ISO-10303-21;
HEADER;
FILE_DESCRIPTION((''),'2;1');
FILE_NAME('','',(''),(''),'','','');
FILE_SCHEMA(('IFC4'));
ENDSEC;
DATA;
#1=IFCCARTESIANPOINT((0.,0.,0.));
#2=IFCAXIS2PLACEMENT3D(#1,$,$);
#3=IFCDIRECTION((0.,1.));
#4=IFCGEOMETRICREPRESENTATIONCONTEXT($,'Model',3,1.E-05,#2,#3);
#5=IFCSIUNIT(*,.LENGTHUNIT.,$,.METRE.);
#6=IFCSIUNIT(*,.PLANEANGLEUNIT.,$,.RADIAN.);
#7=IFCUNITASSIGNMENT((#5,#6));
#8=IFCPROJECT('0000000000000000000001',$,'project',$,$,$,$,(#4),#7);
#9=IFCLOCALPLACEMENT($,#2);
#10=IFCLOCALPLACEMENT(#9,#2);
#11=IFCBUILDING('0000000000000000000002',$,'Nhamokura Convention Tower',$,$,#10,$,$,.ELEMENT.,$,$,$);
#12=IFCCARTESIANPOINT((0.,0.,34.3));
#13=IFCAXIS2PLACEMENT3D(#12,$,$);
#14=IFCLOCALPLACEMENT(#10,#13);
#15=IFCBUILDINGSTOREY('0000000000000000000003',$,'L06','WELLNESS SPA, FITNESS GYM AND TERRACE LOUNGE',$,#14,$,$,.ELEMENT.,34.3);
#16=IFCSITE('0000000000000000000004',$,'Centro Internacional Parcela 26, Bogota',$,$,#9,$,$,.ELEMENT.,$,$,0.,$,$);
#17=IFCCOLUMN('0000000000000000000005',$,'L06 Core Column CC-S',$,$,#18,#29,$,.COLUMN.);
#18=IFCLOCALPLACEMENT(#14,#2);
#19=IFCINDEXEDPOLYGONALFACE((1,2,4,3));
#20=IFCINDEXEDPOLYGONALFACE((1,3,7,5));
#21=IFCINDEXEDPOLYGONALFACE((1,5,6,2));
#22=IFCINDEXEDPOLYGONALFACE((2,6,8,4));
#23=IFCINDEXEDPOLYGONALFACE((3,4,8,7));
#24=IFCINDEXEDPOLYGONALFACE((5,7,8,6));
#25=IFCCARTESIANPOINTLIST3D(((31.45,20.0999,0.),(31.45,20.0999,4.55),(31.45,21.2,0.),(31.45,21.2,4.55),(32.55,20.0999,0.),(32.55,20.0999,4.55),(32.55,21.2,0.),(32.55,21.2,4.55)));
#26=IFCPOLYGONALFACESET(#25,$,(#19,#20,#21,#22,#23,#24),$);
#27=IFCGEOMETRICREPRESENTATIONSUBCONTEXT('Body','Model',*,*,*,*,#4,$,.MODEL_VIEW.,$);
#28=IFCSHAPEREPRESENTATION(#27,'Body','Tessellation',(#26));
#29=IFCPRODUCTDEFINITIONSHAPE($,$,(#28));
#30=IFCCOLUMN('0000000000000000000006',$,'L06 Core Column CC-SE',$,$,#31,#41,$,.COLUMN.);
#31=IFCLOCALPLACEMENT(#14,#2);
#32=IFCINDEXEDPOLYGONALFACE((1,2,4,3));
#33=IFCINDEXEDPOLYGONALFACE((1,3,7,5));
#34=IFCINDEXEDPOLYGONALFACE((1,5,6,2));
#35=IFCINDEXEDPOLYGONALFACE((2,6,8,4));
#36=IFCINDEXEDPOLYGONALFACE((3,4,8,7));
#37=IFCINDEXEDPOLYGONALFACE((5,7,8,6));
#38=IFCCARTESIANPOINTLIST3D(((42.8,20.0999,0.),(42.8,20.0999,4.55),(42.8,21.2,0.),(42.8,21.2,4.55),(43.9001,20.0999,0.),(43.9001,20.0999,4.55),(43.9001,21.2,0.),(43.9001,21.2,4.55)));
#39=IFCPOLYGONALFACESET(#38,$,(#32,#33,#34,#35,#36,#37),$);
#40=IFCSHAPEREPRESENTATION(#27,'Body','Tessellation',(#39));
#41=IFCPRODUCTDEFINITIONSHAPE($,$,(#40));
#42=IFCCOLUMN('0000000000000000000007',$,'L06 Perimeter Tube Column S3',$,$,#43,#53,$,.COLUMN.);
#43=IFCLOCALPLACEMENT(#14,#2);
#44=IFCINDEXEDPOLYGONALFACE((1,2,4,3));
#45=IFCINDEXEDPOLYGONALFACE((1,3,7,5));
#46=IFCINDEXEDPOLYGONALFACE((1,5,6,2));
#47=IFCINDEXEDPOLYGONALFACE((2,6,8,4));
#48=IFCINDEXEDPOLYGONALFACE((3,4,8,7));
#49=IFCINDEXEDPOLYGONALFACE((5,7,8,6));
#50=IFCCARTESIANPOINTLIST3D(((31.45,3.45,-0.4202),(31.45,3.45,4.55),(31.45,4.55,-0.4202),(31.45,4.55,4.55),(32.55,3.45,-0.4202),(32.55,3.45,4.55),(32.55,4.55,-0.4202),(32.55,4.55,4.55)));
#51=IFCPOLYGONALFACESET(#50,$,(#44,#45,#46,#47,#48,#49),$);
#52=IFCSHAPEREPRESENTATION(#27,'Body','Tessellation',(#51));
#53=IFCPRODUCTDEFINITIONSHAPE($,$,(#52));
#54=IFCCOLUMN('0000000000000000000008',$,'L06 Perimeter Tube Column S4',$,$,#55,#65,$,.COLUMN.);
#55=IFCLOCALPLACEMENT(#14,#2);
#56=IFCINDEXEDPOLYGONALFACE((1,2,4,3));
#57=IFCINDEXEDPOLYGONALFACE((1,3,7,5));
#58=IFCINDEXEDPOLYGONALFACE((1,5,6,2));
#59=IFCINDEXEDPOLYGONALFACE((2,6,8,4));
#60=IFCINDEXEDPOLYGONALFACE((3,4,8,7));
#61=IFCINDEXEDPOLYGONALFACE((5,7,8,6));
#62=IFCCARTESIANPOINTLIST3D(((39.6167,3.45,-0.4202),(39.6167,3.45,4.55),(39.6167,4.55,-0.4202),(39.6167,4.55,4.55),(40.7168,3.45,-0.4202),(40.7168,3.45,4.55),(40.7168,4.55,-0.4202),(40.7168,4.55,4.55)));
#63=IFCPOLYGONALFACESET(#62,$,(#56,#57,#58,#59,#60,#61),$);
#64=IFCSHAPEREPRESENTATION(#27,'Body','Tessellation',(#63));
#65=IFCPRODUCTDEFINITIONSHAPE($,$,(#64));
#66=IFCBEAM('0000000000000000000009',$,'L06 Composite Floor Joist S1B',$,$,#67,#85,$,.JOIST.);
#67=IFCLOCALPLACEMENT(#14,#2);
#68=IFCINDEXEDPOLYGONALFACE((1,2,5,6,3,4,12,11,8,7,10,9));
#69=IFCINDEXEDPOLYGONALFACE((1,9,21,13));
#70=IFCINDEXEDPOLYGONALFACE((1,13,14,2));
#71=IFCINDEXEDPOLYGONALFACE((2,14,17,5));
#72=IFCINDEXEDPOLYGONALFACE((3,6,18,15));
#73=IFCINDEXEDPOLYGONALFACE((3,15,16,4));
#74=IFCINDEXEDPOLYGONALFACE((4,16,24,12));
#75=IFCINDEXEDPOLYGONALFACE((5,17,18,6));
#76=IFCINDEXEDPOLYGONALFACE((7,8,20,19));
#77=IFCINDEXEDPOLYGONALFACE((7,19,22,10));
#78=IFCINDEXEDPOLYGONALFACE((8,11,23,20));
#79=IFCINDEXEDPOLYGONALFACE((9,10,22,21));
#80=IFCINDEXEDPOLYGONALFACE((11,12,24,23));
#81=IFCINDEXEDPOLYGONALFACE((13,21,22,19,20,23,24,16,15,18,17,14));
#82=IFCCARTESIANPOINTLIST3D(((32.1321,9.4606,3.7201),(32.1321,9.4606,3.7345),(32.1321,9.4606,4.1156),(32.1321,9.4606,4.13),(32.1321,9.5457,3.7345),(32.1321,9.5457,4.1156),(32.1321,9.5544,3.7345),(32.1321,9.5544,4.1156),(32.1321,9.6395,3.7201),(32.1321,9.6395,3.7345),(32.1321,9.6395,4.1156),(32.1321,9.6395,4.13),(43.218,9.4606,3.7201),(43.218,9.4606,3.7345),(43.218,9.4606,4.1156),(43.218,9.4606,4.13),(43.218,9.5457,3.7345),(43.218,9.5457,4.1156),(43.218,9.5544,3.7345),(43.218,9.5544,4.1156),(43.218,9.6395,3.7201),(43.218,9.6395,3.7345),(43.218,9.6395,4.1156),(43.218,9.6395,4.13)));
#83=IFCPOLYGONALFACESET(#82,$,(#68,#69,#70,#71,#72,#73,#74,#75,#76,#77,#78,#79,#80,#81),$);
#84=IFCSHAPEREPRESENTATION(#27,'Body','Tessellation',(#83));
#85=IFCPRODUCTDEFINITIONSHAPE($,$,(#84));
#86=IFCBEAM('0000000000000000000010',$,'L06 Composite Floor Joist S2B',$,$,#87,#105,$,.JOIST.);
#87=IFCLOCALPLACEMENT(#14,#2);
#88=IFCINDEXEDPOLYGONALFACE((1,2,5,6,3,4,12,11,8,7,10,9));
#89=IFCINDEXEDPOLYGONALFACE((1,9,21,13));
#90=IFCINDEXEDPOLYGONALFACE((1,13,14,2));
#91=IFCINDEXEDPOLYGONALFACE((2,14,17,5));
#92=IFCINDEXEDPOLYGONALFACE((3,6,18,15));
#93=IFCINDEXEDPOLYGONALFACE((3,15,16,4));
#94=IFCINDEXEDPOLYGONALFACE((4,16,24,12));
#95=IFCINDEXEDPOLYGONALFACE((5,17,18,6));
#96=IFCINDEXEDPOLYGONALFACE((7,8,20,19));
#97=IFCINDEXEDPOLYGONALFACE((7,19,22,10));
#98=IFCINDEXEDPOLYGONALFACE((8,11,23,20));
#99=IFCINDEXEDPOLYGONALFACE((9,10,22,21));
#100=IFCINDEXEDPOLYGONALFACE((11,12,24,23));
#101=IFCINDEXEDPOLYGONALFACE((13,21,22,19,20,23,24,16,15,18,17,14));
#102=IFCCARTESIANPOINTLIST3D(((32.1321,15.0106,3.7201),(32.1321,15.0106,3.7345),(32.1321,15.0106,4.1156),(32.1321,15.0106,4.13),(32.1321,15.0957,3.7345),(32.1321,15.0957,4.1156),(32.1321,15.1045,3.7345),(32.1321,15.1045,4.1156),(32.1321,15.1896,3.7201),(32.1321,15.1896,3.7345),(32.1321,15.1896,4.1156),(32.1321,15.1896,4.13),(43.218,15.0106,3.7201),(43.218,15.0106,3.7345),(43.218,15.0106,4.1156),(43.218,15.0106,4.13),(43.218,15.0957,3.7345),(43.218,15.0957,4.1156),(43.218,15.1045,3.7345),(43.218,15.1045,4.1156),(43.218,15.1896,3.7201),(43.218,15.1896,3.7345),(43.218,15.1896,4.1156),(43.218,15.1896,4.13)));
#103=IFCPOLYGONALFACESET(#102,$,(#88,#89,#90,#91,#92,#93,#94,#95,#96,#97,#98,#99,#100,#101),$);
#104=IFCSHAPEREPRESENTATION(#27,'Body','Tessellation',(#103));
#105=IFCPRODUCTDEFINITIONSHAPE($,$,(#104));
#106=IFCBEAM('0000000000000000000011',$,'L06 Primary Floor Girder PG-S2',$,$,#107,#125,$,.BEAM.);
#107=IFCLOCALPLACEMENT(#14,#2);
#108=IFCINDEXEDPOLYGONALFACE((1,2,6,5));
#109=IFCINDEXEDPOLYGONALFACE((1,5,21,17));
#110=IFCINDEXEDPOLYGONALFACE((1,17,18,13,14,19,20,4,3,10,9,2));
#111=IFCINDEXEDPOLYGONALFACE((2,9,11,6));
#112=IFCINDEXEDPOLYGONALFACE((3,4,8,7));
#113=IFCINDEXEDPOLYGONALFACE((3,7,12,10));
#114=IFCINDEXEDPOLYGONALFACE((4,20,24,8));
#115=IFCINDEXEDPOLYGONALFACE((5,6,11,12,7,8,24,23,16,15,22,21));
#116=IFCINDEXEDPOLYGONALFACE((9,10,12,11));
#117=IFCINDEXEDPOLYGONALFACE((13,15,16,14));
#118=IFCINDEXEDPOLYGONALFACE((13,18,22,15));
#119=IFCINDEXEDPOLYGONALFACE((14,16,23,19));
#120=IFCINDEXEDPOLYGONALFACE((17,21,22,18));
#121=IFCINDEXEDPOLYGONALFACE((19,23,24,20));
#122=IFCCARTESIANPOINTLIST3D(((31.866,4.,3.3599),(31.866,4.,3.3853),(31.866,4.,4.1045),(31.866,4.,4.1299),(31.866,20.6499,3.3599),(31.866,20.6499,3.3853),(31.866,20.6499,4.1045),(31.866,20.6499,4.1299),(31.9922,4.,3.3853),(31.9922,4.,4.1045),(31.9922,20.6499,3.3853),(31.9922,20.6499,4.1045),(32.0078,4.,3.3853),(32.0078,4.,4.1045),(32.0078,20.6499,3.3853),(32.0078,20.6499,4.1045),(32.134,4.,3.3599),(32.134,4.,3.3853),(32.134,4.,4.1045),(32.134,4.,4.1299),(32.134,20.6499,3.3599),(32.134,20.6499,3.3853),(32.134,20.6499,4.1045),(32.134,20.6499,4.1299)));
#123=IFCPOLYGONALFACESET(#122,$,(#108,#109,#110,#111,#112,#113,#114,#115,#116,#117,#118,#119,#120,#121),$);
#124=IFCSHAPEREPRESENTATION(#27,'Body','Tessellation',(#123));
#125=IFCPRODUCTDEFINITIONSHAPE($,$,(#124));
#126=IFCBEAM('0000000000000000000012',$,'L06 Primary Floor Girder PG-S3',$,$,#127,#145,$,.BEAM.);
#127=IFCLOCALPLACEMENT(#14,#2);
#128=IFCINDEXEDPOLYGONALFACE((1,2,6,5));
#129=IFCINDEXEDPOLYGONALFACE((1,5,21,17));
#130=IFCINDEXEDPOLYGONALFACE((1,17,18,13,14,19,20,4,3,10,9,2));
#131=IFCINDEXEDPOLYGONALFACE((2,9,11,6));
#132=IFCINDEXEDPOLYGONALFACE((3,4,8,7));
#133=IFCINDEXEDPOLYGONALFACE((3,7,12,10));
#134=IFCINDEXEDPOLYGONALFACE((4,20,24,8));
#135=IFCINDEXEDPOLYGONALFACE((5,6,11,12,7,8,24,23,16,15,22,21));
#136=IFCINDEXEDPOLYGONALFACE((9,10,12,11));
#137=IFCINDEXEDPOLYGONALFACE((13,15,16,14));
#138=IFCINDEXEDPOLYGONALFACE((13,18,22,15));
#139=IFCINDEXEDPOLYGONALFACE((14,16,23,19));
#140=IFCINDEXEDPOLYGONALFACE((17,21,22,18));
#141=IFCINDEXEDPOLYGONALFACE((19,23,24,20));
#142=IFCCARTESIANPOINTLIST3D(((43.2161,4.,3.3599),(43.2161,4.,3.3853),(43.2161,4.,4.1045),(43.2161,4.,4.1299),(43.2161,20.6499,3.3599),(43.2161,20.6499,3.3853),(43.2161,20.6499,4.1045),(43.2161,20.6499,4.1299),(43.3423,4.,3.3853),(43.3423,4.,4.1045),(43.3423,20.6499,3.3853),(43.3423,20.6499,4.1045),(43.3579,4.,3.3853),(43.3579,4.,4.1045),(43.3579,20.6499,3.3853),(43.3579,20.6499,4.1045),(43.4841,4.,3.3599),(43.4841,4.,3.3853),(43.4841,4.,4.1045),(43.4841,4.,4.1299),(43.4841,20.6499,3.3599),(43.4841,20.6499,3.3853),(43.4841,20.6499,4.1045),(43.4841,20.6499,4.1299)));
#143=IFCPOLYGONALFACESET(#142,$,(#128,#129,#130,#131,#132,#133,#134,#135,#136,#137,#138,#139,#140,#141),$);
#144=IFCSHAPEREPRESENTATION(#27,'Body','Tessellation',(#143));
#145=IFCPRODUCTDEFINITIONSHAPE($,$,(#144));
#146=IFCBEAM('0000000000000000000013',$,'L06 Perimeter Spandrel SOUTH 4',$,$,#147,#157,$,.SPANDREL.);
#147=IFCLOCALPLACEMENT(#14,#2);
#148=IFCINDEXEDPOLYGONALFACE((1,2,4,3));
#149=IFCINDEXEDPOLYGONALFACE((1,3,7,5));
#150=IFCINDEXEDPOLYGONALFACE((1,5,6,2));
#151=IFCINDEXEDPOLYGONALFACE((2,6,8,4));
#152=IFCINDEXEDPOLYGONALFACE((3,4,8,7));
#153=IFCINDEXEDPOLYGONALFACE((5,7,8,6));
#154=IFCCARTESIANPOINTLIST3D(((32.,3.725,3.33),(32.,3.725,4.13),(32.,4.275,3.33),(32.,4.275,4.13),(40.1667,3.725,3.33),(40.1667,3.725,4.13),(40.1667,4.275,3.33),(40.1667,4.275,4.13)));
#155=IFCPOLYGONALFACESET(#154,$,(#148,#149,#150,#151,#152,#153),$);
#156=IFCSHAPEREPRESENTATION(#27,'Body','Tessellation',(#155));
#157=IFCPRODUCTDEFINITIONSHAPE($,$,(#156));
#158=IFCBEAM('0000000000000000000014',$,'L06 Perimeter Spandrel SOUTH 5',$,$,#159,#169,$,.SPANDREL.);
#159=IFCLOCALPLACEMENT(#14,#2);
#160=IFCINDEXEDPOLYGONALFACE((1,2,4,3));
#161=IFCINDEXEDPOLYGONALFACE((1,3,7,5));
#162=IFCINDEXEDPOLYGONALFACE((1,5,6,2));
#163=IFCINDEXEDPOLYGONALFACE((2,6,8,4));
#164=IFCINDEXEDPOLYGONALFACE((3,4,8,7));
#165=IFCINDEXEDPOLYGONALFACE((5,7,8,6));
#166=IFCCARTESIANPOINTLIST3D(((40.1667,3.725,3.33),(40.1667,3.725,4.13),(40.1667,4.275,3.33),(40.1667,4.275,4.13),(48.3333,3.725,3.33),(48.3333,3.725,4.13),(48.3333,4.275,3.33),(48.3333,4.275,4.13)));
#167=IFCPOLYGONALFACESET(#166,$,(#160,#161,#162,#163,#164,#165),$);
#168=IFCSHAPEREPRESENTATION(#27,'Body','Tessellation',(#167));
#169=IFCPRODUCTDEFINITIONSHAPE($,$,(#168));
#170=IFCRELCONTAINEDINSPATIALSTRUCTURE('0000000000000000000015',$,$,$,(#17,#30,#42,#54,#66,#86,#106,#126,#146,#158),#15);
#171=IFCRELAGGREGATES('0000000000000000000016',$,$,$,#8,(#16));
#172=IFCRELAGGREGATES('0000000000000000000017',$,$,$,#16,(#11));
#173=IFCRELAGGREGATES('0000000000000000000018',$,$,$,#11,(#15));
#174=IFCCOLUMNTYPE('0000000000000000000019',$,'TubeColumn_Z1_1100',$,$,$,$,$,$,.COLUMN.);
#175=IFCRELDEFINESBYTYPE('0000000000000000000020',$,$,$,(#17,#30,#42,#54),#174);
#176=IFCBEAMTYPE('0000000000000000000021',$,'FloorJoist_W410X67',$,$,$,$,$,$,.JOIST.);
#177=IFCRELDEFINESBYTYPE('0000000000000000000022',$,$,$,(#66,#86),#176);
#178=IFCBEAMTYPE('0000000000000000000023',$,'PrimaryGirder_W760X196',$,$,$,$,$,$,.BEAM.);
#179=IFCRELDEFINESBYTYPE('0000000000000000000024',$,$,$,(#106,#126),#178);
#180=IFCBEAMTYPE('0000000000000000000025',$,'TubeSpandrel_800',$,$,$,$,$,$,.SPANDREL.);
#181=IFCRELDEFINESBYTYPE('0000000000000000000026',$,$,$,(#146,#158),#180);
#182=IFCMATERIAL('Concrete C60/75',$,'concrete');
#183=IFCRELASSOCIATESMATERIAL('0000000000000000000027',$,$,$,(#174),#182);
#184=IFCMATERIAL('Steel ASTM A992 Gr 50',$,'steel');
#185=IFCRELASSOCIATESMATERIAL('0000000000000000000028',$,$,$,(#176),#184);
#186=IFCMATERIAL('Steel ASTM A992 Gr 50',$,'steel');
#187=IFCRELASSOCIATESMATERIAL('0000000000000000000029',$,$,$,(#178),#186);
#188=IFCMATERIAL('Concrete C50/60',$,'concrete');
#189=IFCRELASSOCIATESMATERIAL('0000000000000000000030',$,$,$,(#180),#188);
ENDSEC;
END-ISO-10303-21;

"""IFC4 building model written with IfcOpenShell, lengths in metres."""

from ifc_helpers import new_model, si_unit, direction, frame, origin, origin_2d, place, context, subcontext, project, spatial, rectangle, i_section, extrude, material, material_profile, profile_set, type_object, element, save


model = new_model("IFC4")

# Units and contexts
model_context = context("Model", 3, precision=1e-05, world=origin(), true_north=direction((0.0, 1.0)))
body_context = subcontext(model_context, "Body", "Model", "MODEL_VIEW")
ifc_project = project(units=[si_unit("LENGTHUNIT", "METRE"), si_unit("PLANEANGLEUNIT", "RADIAN")], contexts=[model_context])

# Site, building, storey
site_placement = place(None, origin())
site = spatial("IfcSite", under=ifc_project, at=site_placement, Name="Centro Internacional Parcela 26, Bogota", CompositionType="ELEMENT", RefElevation=0.0)
building_placement = place(site_placement, origin())
building = spatial("IfcBuilding", under=site, at=building_placement, Name="Nhamokura Convention Tower", CompositionType="ELEMENT")
storey_placement = place(building_placement, frame((0.0, 0.0, 34.3)))
storey = spatial("IfcBuildingStorey", under=building, at=storey_placement, Name="L06", Description="WELLNESS SPA, FITNESS GYM AND TERRACE LOUNGE", CompositionType="ELEMENT", Elevation=34.3)

# Columns
ifc_material_1 = material(Name="Concrete C60/75", Category="concrete")
ifc_material_profile_1 = material_profile(ifc_material_1, rectangle(XDim=1.1001, YDim=1.1001, at=origin_2d()))
ifc_profile_set_1 = profile_set([ifc_material_profile_1], Name="Concrete C60/75")
column_type = type_object("IfcColumnType", Name="TubeColumn_Z1_1100", PredefinedType="COLUMN", material=ifc_profile_set_1)
for number, where, z_axis, x_axis, name in (
    (1, (32.0, 20.6499, 0.0), (0.0, 0.0, 1.0), (1.0, 0.0, 0.0), "L06 Core Column CC-S"),
    (2, (43.3501, 20.6499, 0.0), (0.0, 0.0, 1.0), (1.0, 0.0, 0.0), "L06 Core Column CC-SE"),
):
    element("IfcColumn", number, at=place(storey_placement, frame(where, z_axis=z_axis, x_axis=x_axis)), inside=storey, type_object=column_type, Name=name, PredefinedType="COLUMN", context=body_context, shape_type="SweptSolid", body=[
        extrude(rectangle(XDim=1.1001, YDim=1.1001, at=origin_2d()), origin(), (0.0, 0.0, 1.0), 4.55),
    ])
for number, where, z_axis, x_axis, name in (
    (3, (32.0, 4.0, -0.4202), (0.0, 0.0, 1.0), (1.0, 0.0, 0.0), "L06 Perimeter Tube Column S3"),
    (4, (40.1667, 4.0, -0.4202), (0.0, 0.0, 1.0), (1.0, 0.0, 0.0), "L06 Perimeter Tube Column S4"),
):
    element("IfcColumn", number, at=place(storey_placement, frame(where, z_axis=z_axis, x_axis=x_axis)), inside=storey, type_object=column_type, Name=name, PredefinedType="COLUMN", context=body_context, shape_type="SweptSolid", body=[
        extrude(rectangle(XDim=1.1001, YDim=1.1001, at=origin_2d()), origin(), (0.0, 0.0, 1.0), 4.9702),
    ])

# Beams
ifc_material_2 = material(Name="Steel ASTM A992 Gr 50", Category="steel")
ifc_material_profile_2 = material_profile(ifc_material_2, i_section(OverallWidth=0.179, OverallDepth=0.4099, WebThickness=0.0088, FlangeThickness=0.0144, at=origin_2d()))
ifc_profile_set_2 = profile_set([ifc_material_profile_2], Name="Steel ASTM A992 Gr 50")
beam_type_1 = type_object("IfcBeamType", Name="FloorJoist_W410X67", PredefinedType="JOIST", material=ifc_profile_set_2)
for number, where, z_axis, x_axis, name in (
    (5, (32.1321, 9.55, 3.925), (1.0, 0.0, 0.0), (0.0, 1.0, 0.0), "L06 Composite Floor Joist S1B"),
    (6, (32.1321, 15.1001, 3.925), (1.0, 0.0, 0.0), (0.0, 1.0, 0.0), "L06 Composite Floor Joist S2B"),
):
    element("IfcBeam", number, at=place(storey_placement, frame(where, z_axis=z_axis, x_axis=x_axis)), inside=storey, type_object=beam_type_1, Name=name, PredefinedType="JOIST", context=body_context, shape_type="SweptSolid", body=[
        extrude(i_section(OverallWidth=0.179, OverallDepth=0.4099, WebThickness=0.0088, FlangeThickness=0.0144, at=origin_2d()), origin(), (0.0, 0.0, 1.0), 11.0859),
    ])
ifc_material_3 = material(Name="Steel ASTM A992 Gr 50", Category="steel")
ifc_material_profile_3 = material_profile(ifc_material_3, i_section(OverallWidth=0.2681, OverallDepth=0.77, WebThickness=0.0156, FlangeThickness=0.0254, at=origin_2d()))
ifc_profile_set_3 = profile_set([ifc_material_profile_3], Name="Steel ASTM A992 Gr 50")
beam_type_2 = type_object("IfcBeamType", Name="PrimaryGirder_W760X196", PredefinedType="BEAM", material=ifc_profile_set_3)
for number, where, z_axis, x_axis, name in (
    (7, (32.0, 4.0, 3.7449), (0.0, 1.0, 0.0), (-1.0, 0.0, 0.0), "L06 Primary Floor Girder PG-S2"),
    (8, (43.3501, 4.0, 3.7449), (0.0, 1.0, 0.0), (-1.0, 0.0, 0.0), "L06 Primary Floor Girder PG-S3"),
):
    element("IfcBeam", number, at=place(storey_placement, frame(where, z_axis=z_axis, x_axis=x_axis)), inside=storey, type_object=beam_type_2, Name=name, PredefinedType="BEAM", context=body_context, shape_type="SweptSolid", body=[
        extrude(i_section(OverallWidth=0.2681, OverallDepth=0.77, WebThickness=0.0156, FlangeThickness=0.0254, at=origin_2d()), origin(), (0.0, 0.0, 1.0), 16.6499),
    ])
ifc_material_4 = material(Name="Concrete C50/60", Category="concrete")
ifc_material_profile_4 = material_profile(ifc_material_4, rectangle(XDim=0.55, YDim=0.8, at=origin_2d()))
ifc_profile_set_4 = profile_set([ifc_material_profile_4], Name="Concrete C50/60")
beam_type_3 = type_object("IfcBeamType", Name="TubeSpandrel_800", PredefinedType="SPANDREL", material=ifc_profile_set_4)
beam_1_placement = place(storey_placement, frame((32.0, 4.0, 3.73), z_axis=(1.0, 0.0, 0.0), x_axis=(0.0, 1.0, 0.0)))
element("IfcBeam", 9, at=beam_1_placement, inside=storey, type_object=beam_type_3, Name="L06 Perimeter Spandrel SOUTH 4", PredefinedType="SPANDREL", context=body_context, shape_type="SweptSolid", body=[
    extrude(rectangle(XDim=0.55, YDim=0.8, at=origin_2d()), origin(), (0.0, 0.0, 1.0), 8.1667),
])
beam_2_placement = place(storey_placement, frame((40.1667, 4.0, 3.73), z_axis=(1.0, 0.0, 0.0), x_axis=(0.0, 1.0, 0.0)))
element("IfcBeam", 10, at=beam_2_placement, inside=storey, type_object=beam_type_3, Name="L06 Perimeter Spandrel SOUTH 5", PredefinedType="SPANDREL", context=body_context, shape_type="SweptSolid", body=[
    extrude(rectangle(XDim=0.55, YDim=0.8, at=origin_2d()), origin(), (0.0, 0.0, 1.0), 8.1665),
])

save(model, "model.ifc")
